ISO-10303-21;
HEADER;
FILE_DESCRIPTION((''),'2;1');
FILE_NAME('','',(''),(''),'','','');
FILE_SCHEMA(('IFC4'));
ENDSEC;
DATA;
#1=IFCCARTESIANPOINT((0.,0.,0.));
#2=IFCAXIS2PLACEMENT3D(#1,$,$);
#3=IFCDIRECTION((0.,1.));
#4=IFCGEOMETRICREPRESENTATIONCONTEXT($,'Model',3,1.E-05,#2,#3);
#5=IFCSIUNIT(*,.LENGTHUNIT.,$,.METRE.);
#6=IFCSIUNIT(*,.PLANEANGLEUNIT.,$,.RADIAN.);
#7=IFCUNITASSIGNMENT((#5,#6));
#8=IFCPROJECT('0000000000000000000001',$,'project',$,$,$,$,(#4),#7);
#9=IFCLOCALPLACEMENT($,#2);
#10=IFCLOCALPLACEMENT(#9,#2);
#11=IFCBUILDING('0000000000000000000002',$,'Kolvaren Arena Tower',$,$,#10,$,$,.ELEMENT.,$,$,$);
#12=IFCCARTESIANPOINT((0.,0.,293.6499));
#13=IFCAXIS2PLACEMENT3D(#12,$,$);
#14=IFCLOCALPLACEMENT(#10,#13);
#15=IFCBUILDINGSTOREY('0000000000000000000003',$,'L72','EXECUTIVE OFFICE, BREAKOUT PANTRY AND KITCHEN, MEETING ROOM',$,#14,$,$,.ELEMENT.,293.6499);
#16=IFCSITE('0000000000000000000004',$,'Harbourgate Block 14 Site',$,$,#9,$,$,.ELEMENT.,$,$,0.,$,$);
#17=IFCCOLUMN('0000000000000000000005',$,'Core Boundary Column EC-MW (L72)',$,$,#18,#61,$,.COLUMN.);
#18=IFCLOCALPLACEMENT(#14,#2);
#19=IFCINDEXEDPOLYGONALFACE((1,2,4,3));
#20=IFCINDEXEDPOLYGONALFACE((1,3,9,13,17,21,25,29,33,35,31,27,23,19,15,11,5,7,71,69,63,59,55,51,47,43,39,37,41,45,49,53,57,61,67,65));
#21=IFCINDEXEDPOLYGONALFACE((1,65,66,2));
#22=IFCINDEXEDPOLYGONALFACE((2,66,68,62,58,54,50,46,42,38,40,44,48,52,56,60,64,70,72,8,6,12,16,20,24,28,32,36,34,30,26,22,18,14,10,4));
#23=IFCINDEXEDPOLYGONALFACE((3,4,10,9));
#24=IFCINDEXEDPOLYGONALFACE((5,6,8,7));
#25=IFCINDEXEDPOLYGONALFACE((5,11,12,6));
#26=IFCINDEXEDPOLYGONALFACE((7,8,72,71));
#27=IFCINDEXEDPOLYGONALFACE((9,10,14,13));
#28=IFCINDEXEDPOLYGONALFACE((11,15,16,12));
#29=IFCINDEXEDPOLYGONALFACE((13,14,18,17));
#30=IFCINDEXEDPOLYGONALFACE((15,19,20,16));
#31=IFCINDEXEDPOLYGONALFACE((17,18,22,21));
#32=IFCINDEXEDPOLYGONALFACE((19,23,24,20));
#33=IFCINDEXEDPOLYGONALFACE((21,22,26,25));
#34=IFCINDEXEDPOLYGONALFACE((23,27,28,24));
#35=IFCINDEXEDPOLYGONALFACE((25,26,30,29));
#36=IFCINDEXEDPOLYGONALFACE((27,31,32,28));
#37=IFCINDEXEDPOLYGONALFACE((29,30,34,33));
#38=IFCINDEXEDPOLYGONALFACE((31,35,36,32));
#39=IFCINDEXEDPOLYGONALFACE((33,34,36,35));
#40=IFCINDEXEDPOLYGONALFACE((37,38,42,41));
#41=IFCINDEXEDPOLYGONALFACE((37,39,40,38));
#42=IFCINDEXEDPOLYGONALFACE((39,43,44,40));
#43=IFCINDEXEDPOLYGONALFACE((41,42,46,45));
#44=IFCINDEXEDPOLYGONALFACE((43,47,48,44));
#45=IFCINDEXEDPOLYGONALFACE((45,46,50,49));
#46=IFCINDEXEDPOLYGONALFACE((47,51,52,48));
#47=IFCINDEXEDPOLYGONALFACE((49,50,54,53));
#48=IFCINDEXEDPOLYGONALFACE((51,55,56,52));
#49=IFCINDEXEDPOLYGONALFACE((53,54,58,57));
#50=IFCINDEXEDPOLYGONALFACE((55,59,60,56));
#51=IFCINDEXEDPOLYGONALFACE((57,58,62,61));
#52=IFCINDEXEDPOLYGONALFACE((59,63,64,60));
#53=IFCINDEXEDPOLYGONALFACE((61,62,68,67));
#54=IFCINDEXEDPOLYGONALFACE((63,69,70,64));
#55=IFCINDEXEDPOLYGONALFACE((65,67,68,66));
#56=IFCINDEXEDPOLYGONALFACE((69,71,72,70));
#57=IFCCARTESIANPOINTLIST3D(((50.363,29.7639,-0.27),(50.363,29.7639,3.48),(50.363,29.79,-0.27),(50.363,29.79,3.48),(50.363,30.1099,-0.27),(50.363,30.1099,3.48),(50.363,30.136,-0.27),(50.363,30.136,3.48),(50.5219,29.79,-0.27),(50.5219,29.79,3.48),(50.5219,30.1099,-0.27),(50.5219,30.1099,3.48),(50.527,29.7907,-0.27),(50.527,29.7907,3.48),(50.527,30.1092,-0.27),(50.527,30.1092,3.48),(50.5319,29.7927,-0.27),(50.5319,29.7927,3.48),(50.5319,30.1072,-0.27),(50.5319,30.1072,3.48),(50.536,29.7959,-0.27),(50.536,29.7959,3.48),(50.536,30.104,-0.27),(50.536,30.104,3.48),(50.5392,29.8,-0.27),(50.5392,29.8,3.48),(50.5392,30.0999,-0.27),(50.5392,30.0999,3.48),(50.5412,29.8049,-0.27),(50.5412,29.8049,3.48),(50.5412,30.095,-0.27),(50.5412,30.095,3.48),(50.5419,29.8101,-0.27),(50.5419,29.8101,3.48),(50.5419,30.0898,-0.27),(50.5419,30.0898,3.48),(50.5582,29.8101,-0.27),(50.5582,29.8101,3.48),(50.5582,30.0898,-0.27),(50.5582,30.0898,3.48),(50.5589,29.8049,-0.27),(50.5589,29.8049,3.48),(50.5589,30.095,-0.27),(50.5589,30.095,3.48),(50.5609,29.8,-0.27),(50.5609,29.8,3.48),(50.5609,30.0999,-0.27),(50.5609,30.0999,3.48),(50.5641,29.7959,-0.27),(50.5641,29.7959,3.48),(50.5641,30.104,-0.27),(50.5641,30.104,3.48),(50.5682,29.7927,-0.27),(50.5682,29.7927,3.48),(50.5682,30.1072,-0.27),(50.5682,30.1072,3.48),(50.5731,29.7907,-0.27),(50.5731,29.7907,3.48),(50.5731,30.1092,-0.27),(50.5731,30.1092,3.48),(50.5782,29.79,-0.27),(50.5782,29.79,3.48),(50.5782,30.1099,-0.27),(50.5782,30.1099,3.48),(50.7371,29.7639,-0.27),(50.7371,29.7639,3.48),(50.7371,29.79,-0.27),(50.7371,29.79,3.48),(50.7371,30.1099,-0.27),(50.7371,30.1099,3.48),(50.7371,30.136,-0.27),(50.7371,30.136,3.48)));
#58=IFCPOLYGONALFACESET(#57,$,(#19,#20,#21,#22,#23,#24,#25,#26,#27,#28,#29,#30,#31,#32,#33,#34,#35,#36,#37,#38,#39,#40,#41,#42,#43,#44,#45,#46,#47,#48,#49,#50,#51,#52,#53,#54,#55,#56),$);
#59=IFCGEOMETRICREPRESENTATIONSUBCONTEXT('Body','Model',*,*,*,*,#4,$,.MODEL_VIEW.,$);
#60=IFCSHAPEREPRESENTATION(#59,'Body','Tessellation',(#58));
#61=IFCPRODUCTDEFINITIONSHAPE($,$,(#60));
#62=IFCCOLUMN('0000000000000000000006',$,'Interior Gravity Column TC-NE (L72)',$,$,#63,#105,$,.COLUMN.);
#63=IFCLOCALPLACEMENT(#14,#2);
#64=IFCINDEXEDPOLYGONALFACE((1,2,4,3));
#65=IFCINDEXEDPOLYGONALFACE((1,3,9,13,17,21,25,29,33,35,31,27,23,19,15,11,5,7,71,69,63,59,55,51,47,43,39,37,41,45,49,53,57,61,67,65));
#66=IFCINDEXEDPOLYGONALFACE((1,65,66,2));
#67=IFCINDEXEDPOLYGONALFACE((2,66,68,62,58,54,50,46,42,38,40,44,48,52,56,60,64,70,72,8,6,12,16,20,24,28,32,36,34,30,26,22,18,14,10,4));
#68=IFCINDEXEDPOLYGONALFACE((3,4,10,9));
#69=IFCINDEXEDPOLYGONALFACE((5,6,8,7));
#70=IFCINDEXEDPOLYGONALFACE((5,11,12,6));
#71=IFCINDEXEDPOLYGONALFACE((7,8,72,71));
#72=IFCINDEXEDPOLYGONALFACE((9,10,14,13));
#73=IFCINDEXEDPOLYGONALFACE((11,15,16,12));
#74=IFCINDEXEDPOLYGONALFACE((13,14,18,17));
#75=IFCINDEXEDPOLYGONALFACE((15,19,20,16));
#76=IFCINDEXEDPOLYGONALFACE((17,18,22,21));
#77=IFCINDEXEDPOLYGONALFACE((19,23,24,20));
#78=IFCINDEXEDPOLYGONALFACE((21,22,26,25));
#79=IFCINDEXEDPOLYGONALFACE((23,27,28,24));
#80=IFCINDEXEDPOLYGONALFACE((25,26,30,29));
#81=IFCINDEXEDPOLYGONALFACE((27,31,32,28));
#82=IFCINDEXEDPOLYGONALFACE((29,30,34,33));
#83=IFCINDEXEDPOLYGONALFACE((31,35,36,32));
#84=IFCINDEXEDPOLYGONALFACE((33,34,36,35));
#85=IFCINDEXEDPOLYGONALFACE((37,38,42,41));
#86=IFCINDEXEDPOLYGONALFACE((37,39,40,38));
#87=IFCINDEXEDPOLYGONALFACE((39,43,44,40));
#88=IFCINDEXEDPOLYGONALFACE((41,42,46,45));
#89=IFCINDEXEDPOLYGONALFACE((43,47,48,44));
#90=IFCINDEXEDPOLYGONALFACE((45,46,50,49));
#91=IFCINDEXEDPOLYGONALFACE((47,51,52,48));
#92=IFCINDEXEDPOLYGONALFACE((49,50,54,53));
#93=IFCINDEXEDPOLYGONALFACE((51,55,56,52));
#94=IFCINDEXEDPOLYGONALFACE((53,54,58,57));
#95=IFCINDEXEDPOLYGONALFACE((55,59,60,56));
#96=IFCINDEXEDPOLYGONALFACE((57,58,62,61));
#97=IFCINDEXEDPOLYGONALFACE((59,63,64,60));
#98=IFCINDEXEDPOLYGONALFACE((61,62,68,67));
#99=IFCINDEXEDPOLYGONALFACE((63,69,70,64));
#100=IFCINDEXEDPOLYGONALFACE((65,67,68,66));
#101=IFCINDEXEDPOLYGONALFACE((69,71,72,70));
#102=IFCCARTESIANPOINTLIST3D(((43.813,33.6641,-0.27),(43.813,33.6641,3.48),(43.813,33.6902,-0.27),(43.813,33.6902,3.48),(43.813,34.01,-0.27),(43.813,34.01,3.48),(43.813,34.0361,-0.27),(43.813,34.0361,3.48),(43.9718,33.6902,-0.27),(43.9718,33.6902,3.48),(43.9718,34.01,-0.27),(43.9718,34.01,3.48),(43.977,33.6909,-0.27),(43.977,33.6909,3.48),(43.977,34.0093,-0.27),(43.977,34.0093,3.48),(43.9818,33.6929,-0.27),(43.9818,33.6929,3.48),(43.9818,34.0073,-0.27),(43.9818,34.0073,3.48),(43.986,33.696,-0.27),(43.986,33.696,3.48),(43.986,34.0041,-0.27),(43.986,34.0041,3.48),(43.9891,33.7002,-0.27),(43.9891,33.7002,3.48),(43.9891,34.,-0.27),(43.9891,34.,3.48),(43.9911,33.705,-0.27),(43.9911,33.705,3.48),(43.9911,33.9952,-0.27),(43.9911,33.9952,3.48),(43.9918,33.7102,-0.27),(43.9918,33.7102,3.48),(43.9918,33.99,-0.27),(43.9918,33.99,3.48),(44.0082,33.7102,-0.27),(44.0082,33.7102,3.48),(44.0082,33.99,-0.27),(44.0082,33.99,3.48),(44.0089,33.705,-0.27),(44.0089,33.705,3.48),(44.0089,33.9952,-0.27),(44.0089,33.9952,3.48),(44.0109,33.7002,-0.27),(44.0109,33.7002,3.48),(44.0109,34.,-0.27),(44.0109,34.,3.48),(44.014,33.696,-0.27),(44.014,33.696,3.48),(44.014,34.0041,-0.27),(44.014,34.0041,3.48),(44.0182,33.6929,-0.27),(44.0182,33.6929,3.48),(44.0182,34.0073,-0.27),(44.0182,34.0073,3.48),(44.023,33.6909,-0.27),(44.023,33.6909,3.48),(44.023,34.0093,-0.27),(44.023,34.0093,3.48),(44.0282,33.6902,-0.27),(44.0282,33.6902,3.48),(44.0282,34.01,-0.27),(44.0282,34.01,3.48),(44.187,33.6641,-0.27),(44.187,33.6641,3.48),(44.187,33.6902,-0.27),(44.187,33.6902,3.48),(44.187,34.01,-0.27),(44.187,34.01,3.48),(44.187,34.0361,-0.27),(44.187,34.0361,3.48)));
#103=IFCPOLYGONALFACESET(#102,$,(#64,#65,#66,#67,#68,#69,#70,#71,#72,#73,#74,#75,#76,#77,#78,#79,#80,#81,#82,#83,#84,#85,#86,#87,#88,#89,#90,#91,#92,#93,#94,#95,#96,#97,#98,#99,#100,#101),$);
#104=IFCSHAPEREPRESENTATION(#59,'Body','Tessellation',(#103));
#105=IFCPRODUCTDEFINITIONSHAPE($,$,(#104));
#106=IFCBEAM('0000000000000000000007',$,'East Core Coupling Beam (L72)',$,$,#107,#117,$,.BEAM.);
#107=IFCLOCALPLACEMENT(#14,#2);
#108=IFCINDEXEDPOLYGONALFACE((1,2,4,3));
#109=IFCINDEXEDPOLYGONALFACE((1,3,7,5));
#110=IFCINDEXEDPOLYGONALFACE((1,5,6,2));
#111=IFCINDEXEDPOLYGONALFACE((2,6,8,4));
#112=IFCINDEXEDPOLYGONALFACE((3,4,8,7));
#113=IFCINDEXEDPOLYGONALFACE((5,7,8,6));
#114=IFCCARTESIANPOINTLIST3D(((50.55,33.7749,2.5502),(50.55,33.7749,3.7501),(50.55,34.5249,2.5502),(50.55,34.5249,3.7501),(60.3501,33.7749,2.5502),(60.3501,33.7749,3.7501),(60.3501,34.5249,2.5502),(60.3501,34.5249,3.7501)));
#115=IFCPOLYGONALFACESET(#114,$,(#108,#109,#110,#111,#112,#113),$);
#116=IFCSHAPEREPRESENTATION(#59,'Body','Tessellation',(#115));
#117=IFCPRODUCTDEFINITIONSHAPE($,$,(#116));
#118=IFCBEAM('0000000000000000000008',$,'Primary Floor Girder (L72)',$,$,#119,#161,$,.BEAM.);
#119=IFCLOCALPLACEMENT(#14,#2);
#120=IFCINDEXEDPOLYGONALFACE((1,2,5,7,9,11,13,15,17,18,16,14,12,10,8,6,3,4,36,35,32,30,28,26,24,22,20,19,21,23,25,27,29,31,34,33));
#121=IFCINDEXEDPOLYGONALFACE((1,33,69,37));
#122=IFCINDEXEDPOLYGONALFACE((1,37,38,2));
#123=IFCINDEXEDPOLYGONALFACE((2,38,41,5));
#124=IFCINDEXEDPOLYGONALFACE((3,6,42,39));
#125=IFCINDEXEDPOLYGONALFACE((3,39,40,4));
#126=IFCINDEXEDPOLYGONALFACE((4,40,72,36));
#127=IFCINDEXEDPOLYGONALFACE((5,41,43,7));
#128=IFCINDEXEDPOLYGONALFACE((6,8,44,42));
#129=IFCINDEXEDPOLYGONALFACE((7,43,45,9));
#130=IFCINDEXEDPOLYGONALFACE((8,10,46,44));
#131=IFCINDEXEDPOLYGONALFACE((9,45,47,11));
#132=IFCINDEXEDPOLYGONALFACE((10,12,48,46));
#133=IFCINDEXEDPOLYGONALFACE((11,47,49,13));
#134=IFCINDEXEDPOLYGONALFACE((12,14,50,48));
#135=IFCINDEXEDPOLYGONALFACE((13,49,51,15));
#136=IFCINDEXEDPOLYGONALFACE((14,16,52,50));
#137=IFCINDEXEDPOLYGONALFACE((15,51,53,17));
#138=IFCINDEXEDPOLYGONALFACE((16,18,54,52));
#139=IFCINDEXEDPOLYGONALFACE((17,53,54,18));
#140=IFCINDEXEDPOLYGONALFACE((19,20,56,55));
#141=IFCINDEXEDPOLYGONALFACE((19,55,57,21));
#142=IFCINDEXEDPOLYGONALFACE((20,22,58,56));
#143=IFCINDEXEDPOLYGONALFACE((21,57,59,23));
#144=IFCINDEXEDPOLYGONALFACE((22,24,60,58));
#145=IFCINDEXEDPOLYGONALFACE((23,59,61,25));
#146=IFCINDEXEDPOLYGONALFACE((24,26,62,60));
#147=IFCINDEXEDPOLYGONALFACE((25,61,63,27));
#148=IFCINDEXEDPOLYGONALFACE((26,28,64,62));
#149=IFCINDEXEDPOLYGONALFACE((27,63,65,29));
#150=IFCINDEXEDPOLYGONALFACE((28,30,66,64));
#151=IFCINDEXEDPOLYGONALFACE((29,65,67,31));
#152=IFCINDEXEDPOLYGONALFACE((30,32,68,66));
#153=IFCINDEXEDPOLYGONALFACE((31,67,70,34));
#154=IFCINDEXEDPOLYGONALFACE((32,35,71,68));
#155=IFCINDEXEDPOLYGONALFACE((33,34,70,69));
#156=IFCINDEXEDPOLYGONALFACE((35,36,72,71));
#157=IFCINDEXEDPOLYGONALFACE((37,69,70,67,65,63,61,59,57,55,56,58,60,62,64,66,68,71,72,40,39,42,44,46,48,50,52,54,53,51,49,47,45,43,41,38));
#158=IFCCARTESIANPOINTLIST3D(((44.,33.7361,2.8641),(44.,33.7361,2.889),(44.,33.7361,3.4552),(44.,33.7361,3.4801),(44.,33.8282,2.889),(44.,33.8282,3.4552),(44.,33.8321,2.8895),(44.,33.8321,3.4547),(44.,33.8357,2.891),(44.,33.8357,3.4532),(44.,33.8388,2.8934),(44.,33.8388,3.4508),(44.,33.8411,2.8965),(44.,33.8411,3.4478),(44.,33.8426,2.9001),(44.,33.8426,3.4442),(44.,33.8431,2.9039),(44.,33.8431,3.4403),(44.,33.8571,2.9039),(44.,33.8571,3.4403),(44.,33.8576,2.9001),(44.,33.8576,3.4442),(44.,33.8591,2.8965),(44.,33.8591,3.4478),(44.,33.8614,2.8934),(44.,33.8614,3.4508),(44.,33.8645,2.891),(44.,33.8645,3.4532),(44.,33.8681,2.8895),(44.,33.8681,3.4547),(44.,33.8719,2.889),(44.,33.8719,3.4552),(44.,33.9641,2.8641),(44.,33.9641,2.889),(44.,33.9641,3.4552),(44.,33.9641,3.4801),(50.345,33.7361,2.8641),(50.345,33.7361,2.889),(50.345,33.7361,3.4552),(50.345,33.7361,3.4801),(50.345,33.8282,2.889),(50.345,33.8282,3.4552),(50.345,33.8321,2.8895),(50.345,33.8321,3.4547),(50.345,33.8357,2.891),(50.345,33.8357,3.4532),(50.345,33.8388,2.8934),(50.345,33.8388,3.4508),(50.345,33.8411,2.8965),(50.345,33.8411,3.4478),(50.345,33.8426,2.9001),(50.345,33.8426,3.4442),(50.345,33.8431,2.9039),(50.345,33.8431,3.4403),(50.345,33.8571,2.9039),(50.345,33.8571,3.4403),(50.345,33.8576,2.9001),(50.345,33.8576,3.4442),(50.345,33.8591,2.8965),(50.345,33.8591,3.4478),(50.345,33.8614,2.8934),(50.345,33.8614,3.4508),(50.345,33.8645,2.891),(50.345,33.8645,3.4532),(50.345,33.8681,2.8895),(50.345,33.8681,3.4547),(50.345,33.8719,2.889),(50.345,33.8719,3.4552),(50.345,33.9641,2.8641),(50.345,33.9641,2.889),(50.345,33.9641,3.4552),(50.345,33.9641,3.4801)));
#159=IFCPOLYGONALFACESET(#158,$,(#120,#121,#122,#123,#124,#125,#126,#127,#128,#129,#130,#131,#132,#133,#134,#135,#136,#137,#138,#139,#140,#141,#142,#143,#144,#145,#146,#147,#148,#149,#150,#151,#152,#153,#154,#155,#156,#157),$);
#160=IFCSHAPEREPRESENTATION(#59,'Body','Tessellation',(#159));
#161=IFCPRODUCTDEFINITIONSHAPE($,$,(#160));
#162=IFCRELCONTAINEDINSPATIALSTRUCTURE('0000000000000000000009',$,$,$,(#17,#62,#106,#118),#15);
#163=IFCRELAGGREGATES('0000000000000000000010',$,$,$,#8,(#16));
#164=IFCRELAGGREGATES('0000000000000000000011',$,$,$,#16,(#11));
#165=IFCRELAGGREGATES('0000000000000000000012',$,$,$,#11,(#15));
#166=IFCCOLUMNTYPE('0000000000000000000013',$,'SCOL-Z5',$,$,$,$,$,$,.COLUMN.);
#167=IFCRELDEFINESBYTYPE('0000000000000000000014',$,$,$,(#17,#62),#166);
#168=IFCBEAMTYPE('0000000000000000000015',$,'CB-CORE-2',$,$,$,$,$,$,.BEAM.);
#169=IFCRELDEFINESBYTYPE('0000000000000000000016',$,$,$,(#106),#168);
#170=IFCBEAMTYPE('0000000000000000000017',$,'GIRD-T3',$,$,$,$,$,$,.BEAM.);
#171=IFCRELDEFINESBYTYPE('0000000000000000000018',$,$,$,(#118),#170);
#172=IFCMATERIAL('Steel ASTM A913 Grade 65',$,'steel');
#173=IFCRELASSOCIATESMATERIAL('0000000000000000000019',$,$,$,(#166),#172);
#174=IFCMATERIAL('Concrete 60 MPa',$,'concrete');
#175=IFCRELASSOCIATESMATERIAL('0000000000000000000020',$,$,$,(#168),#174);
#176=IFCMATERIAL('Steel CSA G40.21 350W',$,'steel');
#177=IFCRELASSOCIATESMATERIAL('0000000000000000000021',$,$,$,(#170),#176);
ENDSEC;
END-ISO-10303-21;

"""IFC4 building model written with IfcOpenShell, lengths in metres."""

from ifc_helpers import new_model, si_unit, direction, frame, origin, origin_2d, place, context, subcontext, project, spatial, rectangle, i_section, extrude, material, material_profile, profile_set, type_object, element, save


model = new_model("IFC4")

# Units and contexts
model_context = context("Model", 3, precision=1e-05, world=origin(), true_north=direction((0.0, 1.0)))
body_context = subcontext(model_context, "Body", "Model", "MODEL_VIEW")
ifc_project = project(units=[si_unit("LENGTHUNIT", "METRE"), si_unit("PLANEANGLEUNIT", "RADIAN")], contexts=[model_context])

# Site, building, storey
site_placement = place(None, origin())
site = spatial("IfcSite", under=ifc_project, at=site_placement, Name="Harbourgate Block 14 Site", CompositionType="ELEMENT", RefElevation=0.0)
building_placement = place(site_placement, origin())
building = spatial("IfcBuilding", under=site, at=building_placement, Name="Kolvaren Arena Tower", CompositionType="ELEMENT")
storey_placement = place(building_placement, frame((0.0, 0.0, 293.6499)))
storey = spatial("IfcBuildingStorey", under=building, at=storey_placement, Name="L72", Description="EXECUTIVE OFFICE, BREAKOUT PANTRY AND KITCHEN, MEETING ROOM", CompositionType="ELEMENT", Elevation=293.6499)

# Columns
ifc_material_1 = material(Name="Steel ASTM A913 Grade 65", Category="steel")
ifc_material_profile_1 = material_profile(ifc_material_1, i_section(OverallWidth=0.374, OverallDepth=0.3721, WebThickness=0.0164, FlangeThickness=0.0261, FilletRadius=0.02, at=origin_2d()), Name="W360x196")
ifc_profile_set_1 = profile_set([ifc_material_profile_1], Name="Steel ASTM A913 Grade 65")
column_type = type_object("IfcColumnType", Name="SCOL-Z5", PredefinedType="COLUMN", material=ifc_profile_set_1)
for number, where, z_axis, x_axis, name in (
    (1, (50.55, 29.95, -0.27), (0.0, 0.0, 1.0), (1.0, 0.0, 0.0), "Core Boundary Column EC-MW (L72)"),
    (2, (44.0, 33.8501, -0.27), (0.0, 0.0, 1.0), (1.0, 0.0, 0.0), "Interior Gravity Column TC-NE (L72)"),
):
    element("IfcColumn", number, at=place(storey_placement, frame(where, z_axis=z_axis, x_axis=x_axis)), inside=storey, type_object=column_type, Name=name, PredefinedType="COLUMN", context=body_context, shape_type="SweptSolid", body=[
        extrude(i_section(OverallWidth=0.374, OverallDepth=0.3721, WebThickness=0.0164, FlangeThickness=0.0261, FilletRadius=0.02, at=origin_2d()), origin(), (0.0, 0.0, 1.0), 3.75),
    ])

# Beams
ifc_material_2 = material(Name="Concrete 60 MPa", Category="concrete")
ifc_material_profile_2 = material_profile(ifc_material_2, rectangle(XDim=0.75, YDim=1.2, at=origin_2d()), Name="RC-750x1200")
ifc_profile_set_2 = profile_set([ifc_material_profile_2], Name="Concrete 60 MPa")
beam_type_1 = type_object("IfcBeamType", Name="CB-CORE-2", PredefinedType="BEAM", material=ifc_profile_set_2)
beam_1_placement = place(storey_placement, frame((50.55, 34.1499, 3.1501), z_axis=(1.0, 0.0, 0.0), x_axis=(0.0, 1.0, 0.0)))
element("IfcBeam", 3, at=beam_1_placement, inside=storey, type_object=beam_type_1, Name="East Core Coupling Beam (L72)", PredefinedType="BEAM", context=body_context, shape_type="SweptSolid", body=[
    extrude(rectangle(XDim=0.75, YDim=1.2, at=origin_2d()), origin(), (0.0, 0.0, 1.0), 9.8),
])
ifc_material_3 = material(Name="Steel CSA G40.21 350W", Category="steel")
ifc_material_profile_3 = material_profile(ifc_material_3, i_section(OverallWidth=0.228, OverallDepth=0.616, WebThickness=0.0139, FlangeThickness=0.0249, FilletRadius=0.0149, at=origin_2d()), Name="W610x174")
ifc_profile_set_3 = profile_set([ifc_material_profile_3], Name="Steel CSA G40.21 350W")
beam_type_2 = type_object("IfcBeamType", Name="GIRD-T3", PredefinedType="BEAM", material=ifc_profile_set_3)
beam_2_placement = place(storey_placement, frame((44.0, 33.8501, 3.1721), z_axis=(1.0, 0.0, 0.0), x_axis=(0.0, 1.0, 0.0)))
element("IfcBeam", 4, at=beam_2_placement, inside=storey, type_object=beam_type_2, Name="Primary Floor Girder (L72)", PredefinedType="BEAM", context=body_context, shape_type="SweptSolid", body=[
    extrude(i_section(OverallWidth=0.228, OverallDepth=0.616, WebThickness=0.0139, FlangeThickness=0.0249, FilletRadius=0.0149, at=origin_2d()), origin(), (0.0, 0.0, 1.0), 6.345),
])

save(model, "model.ifc")
